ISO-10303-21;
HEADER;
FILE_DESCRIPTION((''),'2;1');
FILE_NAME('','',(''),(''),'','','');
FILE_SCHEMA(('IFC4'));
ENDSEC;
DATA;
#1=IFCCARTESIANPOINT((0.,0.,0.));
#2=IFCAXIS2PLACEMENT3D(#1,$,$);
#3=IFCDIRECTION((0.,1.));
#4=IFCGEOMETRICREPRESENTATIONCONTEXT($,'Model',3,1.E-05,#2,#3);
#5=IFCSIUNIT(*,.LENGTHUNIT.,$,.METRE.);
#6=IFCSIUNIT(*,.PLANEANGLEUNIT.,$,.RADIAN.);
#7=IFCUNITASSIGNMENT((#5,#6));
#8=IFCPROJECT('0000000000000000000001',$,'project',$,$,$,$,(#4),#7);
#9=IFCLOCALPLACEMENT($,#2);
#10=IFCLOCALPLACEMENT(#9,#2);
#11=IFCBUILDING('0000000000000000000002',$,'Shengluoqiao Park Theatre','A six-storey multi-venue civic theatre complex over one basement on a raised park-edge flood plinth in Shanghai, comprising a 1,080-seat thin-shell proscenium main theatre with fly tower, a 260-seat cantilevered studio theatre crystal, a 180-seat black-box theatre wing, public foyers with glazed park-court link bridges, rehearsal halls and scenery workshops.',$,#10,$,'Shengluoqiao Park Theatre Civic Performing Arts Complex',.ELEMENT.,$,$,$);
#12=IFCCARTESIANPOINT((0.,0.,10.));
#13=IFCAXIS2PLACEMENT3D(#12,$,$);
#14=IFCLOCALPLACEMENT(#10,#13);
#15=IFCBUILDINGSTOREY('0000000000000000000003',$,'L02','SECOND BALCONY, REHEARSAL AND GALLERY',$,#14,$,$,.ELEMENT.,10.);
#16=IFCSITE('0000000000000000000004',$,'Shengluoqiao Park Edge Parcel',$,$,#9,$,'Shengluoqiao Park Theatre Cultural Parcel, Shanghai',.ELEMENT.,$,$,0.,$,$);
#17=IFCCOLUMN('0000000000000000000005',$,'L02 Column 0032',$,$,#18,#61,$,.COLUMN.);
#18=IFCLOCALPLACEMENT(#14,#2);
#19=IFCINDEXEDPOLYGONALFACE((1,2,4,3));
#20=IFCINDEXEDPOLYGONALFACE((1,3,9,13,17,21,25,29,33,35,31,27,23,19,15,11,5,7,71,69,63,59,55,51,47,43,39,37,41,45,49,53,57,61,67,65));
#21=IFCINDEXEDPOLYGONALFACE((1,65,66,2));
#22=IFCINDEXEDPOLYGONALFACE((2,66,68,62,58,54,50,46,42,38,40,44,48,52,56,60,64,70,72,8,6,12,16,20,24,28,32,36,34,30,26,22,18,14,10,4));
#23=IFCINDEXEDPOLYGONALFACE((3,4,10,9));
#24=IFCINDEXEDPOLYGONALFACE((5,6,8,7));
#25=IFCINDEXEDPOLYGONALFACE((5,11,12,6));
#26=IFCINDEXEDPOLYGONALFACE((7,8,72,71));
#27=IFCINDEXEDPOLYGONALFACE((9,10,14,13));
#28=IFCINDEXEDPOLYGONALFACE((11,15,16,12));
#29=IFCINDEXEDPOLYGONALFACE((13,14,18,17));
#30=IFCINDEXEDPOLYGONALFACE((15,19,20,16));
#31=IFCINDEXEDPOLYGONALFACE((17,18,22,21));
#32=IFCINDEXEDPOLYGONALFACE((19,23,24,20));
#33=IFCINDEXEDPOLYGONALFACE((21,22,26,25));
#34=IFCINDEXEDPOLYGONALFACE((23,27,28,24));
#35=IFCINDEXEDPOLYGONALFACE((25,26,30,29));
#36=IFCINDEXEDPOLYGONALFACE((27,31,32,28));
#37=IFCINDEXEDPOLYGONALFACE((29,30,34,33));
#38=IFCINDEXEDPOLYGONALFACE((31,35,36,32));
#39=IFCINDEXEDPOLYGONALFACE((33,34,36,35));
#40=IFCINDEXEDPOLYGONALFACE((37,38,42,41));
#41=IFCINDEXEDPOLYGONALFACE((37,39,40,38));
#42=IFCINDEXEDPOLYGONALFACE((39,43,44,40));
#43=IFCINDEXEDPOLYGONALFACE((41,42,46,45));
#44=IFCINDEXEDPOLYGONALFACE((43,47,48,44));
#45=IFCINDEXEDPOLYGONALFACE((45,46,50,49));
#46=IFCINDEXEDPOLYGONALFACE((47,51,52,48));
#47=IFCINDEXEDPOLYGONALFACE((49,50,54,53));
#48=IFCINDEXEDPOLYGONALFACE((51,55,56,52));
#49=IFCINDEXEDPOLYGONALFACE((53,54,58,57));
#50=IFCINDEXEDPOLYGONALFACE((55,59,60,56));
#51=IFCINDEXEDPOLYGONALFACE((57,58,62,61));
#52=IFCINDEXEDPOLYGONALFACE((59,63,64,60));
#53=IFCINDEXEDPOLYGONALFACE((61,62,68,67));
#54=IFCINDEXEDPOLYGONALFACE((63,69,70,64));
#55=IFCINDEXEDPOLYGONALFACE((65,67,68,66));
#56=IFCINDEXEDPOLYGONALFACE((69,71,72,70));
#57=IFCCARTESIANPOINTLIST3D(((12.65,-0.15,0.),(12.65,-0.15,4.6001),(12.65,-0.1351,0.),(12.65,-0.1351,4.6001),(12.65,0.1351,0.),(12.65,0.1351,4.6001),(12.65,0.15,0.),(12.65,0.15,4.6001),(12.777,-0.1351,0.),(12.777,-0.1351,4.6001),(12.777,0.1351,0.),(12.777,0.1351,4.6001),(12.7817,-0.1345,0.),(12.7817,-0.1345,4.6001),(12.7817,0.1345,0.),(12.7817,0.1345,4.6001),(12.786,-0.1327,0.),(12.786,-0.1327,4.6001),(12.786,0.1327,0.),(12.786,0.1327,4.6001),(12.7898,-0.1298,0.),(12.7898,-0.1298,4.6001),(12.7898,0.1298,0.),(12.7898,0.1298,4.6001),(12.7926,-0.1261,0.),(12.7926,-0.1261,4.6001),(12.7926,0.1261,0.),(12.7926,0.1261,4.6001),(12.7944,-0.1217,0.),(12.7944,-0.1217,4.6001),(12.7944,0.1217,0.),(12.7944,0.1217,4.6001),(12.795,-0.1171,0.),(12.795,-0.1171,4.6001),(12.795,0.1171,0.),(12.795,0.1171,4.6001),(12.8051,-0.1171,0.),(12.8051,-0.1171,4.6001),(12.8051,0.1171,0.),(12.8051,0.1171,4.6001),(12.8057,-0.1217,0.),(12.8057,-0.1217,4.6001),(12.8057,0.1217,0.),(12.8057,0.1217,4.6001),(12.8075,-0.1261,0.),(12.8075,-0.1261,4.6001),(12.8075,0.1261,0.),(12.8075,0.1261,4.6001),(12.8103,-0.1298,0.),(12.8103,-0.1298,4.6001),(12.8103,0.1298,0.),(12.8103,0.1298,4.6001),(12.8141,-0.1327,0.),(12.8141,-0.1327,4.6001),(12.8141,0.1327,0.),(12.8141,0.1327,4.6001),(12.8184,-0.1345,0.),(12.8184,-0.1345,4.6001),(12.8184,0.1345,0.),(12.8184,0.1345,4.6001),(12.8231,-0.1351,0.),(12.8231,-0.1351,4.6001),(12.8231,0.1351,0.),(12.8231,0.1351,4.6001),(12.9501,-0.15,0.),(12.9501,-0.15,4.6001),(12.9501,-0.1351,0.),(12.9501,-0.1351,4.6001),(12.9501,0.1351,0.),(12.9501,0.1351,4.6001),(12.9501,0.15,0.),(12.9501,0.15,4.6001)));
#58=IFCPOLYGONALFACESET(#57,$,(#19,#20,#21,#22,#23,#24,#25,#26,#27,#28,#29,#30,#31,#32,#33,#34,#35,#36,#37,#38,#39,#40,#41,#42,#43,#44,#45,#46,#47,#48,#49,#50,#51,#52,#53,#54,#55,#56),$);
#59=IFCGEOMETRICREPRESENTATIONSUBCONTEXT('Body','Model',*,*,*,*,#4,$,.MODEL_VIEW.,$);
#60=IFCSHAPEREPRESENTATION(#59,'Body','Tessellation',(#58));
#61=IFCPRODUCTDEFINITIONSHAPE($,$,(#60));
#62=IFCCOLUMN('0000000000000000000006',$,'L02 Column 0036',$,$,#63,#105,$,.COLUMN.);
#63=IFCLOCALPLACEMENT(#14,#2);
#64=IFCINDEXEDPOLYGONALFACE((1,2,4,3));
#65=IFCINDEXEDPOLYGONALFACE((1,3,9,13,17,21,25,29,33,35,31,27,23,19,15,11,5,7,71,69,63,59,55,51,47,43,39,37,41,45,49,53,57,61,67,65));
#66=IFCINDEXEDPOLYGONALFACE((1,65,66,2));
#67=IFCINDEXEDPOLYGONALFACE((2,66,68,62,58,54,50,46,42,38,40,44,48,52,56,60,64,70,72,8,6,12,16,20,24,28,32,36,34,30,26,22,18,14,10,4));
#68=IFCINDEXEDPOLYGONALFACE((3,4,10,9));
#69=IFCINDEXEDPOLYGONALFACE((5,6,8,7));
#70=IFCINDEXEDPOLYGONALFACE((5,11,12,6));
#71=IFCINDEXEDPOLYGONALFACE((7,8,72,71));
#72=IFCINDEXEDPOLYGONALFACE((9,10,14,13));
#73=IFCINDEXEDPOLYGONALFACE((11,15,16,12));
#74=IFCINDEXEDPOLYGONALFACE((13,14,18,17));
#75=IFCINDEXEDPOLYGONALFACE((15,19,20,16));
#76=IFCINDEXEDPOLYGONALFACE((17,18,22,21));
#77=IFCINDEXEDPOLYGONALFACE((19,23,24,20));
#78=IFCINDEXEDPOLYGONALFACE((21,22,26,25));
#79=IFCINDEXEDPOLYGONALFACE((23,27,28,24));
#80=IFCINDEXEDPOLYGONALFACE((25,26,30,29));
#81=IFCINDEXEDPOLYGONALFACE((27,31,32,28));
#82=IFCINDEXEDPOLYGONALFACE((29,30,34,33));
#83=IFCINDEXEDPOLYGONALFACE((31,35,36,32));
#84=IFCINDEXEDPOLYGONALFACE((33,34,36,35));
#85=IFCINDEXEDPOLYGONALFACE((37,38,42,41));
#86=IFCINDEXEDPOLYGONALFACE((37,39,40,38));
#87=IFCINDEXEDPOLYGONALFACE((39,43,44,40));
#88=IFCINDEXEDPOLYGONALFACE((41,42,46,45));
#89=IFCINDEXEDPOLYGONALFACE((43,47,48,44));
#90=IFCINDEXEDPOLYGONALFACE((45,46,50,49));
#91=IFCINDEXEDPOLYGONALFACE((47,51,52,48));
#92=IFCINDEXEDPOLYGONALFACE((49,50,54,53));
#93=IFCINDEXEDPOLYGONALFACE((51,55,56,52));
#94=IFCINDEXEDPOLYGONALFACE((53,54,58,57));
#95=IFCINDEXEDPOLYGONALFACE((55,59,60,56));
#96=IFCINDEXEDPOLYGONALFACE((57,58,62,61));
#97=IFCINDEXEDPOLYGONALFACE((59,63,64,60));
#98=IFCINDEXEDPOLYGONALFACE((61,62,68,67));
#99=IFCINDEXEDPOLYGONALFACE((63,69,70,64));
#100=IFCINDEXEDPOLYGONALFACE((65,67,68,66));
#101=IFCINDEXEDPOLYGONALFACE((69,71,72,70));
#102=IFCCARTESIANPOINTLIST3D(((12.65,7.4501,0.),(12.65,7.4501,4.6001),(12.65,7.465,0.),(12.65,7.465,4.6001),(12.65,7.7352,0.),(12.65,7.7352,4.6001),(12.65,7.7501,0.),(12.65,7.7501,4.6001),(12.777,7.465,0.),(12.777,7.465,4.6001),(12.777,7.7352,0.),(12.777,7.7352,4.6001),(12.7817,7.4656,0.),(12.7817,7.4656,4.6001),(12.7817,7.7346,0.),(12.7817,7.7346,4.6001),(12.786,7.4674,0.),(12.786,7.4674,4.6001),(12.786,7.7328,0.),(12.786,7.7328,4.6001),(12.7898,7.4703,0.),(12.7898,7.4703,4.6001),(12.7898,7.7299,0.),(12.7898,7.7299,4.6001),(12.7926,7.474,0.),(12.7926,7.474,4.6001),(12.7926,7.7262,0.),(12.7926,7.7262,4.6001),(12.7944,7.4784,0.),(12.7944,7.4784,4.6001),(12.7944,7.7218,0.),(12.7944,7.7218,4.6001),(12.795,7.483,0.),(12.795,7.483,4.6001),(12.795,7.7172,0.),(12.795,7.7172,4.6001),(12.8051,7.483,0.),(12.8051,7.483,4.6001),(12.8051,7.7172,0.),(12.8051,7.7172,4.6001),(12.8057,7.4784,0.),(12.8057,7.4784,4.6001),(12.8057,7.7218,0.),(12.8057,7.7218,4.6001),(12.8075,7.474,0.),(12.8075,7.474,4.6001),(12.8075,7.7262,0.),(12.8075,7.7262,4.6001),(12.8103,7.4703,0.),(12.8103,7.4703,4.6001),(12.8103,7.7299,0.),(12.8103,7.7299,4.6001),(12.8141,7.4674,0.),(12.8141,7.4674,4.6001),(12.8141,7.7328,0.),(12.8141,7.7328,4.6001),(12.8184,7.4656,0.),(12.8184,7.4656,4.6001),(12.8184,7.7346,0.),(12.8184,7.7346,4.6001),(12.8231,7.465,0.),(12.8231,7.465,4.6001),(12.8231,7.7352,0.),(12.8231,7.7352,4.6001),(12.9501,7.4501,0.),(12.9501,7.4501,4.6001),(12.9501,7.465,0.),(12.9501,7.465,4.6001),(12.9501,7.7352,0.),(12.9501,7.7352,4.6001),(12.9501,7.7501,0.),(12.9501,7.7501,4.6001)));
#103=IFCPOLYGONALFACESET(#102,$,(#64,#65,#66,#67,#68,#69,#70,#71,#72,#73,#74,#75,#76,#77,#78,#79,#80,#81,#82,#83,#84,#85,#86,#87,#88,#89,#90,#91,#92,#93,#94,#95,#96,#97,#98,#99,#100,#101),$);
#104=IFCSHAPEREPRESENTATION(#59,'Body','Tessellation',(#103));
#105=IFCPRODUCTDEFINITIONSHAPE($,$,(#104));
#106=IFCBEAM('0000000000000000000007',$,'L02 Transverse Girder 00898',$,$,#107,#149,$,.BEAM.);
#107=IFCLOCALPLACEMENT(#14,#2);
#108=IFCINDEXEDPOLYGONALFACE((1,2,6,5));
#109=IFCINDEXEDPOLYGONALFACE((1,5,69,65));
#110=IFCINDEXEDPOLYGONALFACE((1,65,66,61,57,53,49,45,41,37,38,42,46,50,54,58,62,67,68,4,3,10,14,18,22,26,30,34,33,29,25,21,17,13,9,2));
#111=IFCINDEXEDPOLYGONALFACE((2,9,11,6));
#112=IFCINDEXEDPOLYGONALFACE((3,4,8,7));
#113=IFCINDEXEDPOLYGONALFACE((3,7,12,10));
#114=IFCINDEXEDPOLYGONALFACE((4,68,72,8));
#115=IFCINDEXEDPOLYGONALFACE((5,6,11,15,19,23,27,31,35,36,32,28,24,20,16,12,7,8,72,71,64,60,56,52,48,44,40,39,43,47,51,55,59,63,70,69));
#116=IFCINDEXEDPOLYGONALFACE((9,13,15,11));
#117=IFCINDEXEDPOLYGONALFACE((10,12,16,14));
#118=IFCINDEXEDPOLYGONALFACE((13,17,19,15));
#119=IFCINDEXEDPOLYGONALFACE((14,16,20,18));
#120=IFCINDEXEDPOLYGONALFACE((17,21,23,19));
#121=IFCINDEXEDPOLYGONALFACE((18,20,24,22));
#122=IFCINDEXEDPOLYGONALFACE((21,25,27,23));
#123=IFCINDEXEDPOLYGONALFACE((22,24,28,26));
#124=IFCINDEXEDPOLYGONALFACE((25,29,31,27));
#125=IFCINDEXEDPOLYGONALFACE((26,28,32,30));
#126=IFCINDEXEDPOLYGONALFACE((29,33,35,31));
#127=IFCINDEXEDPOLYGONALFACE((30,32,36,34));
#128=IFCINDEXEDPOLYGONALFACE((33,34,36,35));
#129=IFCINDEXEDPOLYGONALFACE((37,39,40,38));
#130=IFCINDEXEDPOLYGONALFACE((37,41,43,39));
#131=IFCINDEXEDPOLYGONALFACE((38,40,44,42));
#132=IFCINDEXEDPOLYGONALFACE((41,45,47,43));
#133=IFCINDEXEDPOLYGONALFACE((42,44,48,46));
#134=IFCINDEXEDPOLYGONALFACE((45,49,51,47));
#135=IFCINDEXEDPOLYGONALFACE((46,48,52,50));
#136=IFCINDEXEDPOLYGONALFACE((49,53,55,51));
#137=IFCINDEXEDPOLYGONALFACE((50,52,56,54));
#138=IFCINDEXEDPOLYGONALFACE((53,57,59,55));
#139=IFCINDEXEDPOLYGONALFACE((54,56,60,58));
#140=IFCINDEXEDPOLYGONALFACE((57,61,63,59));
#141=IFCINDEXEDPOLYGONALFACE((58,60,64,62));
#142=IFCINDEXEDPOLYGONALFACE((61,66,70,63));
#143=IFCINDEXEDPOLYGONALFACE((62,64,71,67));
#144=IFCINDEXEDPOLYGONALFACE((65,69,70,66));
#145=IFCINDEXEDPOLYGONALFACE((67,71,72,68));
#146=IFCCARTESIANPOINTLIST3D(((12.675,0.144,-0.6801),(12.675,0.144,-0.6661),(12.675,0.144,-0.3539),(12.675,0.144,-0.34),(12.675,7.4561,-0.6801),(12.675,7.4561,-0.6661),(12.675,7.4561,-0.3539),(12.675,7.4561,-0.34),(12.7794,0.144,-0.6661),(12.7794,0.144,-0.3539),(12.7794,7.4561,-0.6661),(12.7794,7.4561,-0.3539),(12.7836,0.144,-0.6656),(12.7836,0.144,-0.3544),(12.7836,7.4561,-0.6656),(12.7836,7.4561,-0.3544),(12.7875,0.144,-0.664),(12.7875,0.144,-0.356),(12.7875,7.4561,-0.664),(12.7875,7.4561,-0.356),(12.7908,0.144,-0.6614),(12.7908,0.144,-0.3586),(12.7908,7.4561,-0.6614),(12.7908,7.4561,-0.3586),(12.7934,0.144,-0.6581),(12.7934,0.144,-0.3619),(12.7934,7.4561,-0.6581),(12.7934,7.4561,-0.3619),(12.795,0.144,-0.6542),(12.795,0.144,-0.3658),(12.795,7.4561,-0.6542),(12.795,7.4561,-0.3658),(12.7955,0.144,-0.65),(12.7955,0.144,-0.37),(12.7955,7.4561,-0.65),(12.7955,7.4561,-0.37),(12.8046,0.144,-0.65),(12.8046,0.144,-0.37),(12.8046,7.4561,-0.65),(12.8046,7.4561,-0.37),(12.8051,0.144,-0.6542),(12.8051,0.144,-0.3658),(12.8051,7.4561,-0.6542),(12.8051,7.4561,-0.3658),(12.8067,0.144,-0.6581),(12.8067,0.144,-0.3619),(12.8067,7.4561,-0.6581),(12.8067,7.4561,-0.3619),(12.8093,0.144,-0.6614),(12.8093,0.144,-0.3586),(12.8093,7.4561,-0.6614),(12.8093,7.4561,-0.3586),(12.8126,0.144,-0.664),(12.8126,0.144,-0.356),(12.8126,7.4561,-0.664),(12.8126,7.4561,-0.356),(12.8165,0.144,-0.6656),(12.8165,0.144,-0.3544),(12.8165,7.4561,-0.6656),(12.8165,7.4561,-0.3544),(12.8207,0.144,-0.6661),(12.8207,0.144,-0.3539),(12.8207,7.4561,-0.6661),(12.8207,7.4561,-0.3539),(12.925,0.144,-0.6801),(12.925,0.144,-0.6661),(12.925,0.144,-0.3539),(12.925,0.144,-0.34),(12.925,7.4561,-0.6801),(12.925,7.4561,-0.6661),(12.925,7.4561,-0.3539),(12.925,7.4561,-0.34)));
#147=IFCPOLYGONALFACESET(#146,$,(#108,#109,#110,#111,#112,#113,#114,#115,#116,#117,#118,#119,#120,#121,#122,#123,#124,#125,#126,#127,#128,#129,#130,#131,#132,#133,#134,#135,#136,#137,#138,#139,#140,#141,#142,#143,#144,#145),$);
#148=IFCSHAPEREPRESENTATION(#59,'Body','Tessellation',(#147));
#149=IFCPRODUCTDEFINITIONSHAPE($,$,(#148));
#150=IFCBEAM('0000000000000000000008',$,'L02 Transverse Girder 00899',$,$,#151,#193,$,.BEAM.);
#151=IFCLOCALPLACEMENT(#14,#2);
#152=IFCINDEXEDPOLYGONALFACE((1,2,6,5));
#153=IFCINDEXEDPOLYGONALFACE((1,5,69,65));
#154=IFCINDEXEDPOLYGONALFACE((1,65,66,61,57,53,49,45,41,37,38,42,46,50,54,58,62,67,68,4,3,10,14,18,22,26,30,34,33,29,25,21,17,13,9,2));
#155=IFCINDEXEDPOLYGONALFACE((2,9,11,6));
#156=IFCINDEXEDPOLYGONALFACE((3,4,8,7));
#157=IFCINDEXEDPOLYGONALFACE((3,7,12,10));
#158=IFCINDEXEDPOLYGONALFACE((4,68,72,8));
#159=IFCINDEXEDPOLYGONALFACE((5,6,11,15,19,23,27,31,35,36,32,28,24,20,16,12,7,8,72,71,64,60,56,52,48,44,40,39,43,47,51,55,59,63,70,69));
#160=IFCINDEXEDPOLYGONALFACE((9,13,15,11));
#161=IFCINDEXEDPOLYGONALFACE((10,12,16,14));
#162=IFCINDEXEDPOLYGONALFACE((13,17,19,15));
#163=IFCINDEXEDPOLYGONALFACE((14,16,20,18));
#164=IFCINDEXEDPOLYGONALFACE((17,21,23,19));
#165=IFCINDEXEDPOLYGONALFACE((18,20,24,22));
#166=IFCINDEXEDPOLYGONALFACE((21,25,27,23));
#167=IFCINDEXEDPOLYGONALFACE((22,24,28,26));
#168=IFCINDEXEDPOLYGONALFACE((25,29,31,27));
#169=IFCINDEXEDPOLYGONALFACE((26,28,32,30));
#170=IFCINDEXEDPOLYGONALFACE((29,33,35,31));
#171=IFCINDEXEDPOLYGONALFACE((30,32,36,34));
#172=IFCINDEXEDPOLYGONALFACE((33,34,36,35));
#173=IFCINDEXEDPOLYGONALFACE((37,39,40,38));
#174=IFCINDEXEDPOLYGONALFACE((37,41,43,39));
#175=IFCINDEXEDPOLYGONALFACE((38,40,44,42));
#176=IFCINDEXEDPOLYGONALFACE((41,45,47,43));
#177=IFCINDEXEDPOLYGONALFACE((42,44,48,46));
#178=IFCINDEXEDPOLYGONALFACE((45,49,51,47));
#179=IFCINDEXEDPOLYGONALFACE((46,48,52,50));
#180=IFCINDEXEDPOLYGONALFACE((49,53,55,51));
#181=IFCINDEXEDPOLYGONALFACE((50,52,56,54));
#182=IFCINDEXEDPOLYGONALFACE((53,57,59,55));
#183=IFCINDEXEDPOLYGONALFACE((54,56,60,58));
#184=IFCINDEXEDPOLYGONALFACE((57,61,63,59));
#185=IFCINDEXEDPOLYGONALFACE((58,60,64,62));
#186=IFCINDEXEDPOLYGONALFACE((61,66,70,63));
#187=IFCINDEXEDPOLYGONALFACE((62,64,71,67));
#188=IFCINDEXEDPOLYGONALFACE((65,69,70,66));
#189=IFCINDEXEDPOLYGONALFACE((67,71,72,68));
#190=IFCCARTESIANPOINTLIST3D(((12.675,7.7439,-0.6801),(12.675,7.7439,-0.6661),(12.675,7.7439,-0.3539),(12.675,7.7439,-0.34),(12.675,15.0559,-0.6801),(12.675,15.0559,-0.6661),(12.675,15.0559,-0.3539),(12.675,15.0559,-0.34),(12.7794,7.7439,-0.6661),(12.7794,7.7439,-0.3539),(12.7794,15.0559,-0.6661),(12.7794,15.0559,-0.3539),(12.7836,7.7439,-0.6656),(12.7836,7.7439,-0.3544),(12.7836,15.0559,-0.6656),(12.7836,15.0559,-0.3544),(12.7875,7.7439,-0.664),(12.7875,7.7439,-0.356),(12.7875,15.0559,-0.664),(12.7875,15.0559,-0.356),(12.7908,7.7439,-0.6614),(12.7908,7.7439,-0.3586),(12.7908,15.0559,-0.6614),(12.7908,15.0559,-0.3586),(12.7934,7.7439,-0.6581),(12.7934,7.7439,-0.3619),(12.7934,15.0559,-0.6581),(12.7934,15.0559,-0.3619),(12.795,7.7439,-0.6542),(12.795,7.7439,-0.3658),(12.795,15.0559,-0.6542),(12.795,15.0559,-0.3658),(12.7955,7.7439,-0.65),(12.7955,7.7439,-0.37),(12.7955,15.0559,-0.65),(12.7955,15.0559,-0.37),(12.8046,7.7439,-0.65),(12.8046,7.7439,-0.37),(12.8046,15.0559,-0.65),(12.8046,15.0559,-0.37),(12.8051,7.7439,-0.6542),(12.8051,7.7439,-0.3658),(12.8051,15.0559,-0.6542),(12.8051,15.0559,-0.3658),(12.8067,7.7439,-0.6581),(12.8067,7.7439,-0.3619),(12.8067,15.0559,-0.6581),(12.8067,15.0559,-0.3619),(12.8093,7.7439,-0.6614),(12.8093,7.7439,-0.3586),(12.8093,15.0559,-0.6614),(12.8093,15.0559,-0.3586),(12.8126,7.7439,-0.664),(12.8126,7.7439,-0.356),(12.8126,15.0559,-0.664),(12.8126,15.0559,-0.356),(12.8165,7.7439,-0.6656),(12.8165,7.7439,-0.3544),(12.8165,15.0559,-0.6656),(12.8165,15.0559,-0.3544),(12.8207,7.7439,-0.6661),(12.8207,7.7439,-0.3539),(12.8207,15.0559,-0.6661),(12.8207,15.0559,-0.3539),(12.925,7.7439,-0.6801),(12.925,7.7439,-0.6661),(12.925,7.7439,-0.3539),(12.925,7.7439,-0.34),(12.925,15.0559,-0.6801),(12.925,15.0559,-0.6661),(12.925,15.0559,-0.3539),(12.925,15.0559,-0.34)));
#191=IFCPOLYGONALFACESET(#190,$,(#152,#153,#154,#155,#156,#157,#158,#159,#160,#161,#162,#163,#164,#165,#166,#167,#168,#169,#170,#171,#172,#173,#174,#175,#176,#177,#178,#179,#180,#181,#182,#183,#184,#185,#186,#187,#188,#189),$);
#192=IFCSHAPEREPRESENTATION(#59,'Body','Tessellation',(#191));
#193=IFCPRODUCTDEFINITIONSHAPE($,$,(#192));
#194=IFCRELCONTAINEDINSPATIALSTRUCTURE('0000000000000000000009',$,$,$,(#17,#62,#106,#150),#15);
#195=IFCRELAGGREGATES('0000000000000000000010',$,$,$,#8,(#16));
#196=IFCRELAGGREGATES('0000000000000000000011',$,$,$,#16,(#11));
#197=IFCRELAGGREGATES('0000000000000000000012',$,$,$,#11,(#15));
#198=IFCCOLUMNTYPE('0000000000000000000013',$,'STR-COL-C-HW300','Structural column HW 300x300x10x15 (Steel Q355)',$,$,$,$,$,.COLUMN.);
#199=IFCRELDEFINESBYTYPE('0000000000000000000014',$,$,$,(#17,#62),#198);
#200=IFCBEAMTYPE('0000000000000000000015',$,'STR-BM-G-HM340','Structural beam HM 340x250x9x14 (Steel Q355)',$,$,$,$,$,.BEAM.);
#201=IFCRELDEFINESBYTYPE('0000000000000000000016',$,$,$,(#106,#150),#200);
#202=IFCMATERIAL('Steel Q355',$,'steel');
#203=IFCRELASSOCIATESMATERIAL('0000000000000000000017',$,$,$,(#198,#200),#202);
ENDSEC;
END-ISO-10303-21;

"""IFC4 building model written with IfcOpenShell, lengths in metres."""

from ifc_helpers import new_model, si_unit, direction, frame, origin, origin_2d, place, context, subcontext, project, spatial, i_section, extrude, material, material_profile, profile_set, type_object, element, save


model = new_model("IFC4")

# Units and contexts
model_context = context("Model", 3, precision=1e-05, world=origin(), true_north=direction((0.0, 1.0)))
body_context = subcontext(model_context, "Body", "Model", "MODEL_VIEW")
ifc_project = project(units=[si_unit("LENGTHUNIT", "METRE"), si_unit("PLANEANGLEUNIT", "RADIAN")], contexts=[model_context])

# Site, building, storey
site_placement = place(None, origin())
site = spatial("IfcSite", under=ifc_project, at=site_placement, Name="Shengluoqiao Park Edge Parcel", LongName="Shengluoqiao Park Theatre Cultural Parcel, Shanghai", CompositionType="ELEMENT", RefElevation=0.0)
building_placement = place(site_placement, origin())
building = spatial("IfcBuilding", under=site, at=building_placement, Name="Shengluoqiao Park Theatre", Description="A six-storey multi-venue civic theatre complex over one basement on a raised park-edge flood plinth in Shanghai, comprising a 1,080-seat thin-shell proscenium main theatre with fly tower, a 260-seat cantilevered studio theatre crystal, a 180-seat black-box theatre wing, public foyers with glazed park-court link bridges, rehearsal halls and scenery workshops.", LongName="Shengluoqiao Park Theatre Civic Performing Arts Complex", CompositionType="ELEMENT")
storey_placement = place(building_placement, frame((0.0, 0.0, 10.0)))
storey = spatial("IfcBuildingStorey", under=building, at=storey_placement, Name="L02", Description="SECOND BALCONY, REHEARSAL AND GALLERY", CompositionType="ELEMENT", Elevation=10.0)

# Columns
ifc_material_1 = material(Name="Steel Q355", Category="steel")
ifc_material_profile_1 = material_profile(ifc_material_1, i_section(OverallWidth=0.3, OverallDepth=0.3, WebThickness=0.01, FlangeThickness=0.0149, FilletRadius=0.0181, at=origin_2d()), Name="HW 300x300x10x15")
ifc_profile_set_1 = profile_set([ifc_material_profile_1], Name="Steel Q355")
column_type = type_object("IfcColumnType", Name="STR-COL-C-HW300", Description="Structural column HW 300x300x10x15 (Steel Q355)", PredefinedType="COLUMN", material=ifc_profile_set_1)
for number, where, z_axis, x_axis, name in (
    (1, (12.8, 0.0, 0.0), (0.0, 0.0, 1.0), (1.0, 0.0, 0.0), "L02 Column 0032"),
    (2, (12.8, 7.6001, 0.0), (0.0, 0.0, 1.0), (1.0, 0.0, 0.0), "L02 Column 0036"),
):
    element("IfcColumn", number, at=place(storey_placement, frame(where, z_axis=z_axis, x_axis=x_axis)), inside=storey, type_object=column_type, Name=name, PredefinedType="COLUMN", context=body_context, shape_type="SweptSolid", body=[
        extrude(i_section(OverallWidth=0.3, OverallDepth=0.3, WebThickness=0.01, FlangeThickness=0.0149, FilletRadius=0.0181, at=origin_2d()), origin(), (0.0, 0.0, 1.0), 4.6001),
    ])

# Beams
ifc_material_profile_2 = material_profile(ifc_material_1, i_section(OverallWidth=0.25, OverallDepth=0.3401, WebThickness=0.009, FlangeThickness=0.0139, FilletRadius=0.0161, at=origin_2d()), Name="HM 340x250x9x14")
ifc_profile_set_2 = profile_set([ifc_material_profile_2], Name="Steel Q355")
beam_type_1 = type_object("IfcBeamType", Name="STR-BM-G-HM340", Description="Structural beam HM 340x250x9x14 (Steel Q355)", PredefinedType="BEAM", material=ifc_profile_set_2)
for number, where, z_axis, x_axis, name in (
    (3, (12.8, 0.144, -0.51), (0.0, 1.0, 0.0), (-1.0, 0.0, 0.0), "L02 Transverse Girder 00898"),
    (4, (12.8, 7.7439, -0.51), (0.0, 1.0, 0.0), (-1.0, 0.0, 0.0), "L02 Transverse Girder 00899"),
):
    element("IfcBeam", number, at=place(storey_placement, frame(where, z_axis=z_axis, x_axis=x_axis)), inside=storey, type_object=beam_type_1, Name=name, PredefinedType="BEAM", context=body_context, shape_type="SweptSolid", body=[
        extrude(i_section(OverallWidth=0.25, OverallDepth=0.3401, WebThickness=0.009, FlangeThickness=0.0139, FilletRadius=0.0161, at=origin_2d()), origin(), (0.0, 0.0, 1.0), 7.312),
    ])

save(model, "model.ifc")
